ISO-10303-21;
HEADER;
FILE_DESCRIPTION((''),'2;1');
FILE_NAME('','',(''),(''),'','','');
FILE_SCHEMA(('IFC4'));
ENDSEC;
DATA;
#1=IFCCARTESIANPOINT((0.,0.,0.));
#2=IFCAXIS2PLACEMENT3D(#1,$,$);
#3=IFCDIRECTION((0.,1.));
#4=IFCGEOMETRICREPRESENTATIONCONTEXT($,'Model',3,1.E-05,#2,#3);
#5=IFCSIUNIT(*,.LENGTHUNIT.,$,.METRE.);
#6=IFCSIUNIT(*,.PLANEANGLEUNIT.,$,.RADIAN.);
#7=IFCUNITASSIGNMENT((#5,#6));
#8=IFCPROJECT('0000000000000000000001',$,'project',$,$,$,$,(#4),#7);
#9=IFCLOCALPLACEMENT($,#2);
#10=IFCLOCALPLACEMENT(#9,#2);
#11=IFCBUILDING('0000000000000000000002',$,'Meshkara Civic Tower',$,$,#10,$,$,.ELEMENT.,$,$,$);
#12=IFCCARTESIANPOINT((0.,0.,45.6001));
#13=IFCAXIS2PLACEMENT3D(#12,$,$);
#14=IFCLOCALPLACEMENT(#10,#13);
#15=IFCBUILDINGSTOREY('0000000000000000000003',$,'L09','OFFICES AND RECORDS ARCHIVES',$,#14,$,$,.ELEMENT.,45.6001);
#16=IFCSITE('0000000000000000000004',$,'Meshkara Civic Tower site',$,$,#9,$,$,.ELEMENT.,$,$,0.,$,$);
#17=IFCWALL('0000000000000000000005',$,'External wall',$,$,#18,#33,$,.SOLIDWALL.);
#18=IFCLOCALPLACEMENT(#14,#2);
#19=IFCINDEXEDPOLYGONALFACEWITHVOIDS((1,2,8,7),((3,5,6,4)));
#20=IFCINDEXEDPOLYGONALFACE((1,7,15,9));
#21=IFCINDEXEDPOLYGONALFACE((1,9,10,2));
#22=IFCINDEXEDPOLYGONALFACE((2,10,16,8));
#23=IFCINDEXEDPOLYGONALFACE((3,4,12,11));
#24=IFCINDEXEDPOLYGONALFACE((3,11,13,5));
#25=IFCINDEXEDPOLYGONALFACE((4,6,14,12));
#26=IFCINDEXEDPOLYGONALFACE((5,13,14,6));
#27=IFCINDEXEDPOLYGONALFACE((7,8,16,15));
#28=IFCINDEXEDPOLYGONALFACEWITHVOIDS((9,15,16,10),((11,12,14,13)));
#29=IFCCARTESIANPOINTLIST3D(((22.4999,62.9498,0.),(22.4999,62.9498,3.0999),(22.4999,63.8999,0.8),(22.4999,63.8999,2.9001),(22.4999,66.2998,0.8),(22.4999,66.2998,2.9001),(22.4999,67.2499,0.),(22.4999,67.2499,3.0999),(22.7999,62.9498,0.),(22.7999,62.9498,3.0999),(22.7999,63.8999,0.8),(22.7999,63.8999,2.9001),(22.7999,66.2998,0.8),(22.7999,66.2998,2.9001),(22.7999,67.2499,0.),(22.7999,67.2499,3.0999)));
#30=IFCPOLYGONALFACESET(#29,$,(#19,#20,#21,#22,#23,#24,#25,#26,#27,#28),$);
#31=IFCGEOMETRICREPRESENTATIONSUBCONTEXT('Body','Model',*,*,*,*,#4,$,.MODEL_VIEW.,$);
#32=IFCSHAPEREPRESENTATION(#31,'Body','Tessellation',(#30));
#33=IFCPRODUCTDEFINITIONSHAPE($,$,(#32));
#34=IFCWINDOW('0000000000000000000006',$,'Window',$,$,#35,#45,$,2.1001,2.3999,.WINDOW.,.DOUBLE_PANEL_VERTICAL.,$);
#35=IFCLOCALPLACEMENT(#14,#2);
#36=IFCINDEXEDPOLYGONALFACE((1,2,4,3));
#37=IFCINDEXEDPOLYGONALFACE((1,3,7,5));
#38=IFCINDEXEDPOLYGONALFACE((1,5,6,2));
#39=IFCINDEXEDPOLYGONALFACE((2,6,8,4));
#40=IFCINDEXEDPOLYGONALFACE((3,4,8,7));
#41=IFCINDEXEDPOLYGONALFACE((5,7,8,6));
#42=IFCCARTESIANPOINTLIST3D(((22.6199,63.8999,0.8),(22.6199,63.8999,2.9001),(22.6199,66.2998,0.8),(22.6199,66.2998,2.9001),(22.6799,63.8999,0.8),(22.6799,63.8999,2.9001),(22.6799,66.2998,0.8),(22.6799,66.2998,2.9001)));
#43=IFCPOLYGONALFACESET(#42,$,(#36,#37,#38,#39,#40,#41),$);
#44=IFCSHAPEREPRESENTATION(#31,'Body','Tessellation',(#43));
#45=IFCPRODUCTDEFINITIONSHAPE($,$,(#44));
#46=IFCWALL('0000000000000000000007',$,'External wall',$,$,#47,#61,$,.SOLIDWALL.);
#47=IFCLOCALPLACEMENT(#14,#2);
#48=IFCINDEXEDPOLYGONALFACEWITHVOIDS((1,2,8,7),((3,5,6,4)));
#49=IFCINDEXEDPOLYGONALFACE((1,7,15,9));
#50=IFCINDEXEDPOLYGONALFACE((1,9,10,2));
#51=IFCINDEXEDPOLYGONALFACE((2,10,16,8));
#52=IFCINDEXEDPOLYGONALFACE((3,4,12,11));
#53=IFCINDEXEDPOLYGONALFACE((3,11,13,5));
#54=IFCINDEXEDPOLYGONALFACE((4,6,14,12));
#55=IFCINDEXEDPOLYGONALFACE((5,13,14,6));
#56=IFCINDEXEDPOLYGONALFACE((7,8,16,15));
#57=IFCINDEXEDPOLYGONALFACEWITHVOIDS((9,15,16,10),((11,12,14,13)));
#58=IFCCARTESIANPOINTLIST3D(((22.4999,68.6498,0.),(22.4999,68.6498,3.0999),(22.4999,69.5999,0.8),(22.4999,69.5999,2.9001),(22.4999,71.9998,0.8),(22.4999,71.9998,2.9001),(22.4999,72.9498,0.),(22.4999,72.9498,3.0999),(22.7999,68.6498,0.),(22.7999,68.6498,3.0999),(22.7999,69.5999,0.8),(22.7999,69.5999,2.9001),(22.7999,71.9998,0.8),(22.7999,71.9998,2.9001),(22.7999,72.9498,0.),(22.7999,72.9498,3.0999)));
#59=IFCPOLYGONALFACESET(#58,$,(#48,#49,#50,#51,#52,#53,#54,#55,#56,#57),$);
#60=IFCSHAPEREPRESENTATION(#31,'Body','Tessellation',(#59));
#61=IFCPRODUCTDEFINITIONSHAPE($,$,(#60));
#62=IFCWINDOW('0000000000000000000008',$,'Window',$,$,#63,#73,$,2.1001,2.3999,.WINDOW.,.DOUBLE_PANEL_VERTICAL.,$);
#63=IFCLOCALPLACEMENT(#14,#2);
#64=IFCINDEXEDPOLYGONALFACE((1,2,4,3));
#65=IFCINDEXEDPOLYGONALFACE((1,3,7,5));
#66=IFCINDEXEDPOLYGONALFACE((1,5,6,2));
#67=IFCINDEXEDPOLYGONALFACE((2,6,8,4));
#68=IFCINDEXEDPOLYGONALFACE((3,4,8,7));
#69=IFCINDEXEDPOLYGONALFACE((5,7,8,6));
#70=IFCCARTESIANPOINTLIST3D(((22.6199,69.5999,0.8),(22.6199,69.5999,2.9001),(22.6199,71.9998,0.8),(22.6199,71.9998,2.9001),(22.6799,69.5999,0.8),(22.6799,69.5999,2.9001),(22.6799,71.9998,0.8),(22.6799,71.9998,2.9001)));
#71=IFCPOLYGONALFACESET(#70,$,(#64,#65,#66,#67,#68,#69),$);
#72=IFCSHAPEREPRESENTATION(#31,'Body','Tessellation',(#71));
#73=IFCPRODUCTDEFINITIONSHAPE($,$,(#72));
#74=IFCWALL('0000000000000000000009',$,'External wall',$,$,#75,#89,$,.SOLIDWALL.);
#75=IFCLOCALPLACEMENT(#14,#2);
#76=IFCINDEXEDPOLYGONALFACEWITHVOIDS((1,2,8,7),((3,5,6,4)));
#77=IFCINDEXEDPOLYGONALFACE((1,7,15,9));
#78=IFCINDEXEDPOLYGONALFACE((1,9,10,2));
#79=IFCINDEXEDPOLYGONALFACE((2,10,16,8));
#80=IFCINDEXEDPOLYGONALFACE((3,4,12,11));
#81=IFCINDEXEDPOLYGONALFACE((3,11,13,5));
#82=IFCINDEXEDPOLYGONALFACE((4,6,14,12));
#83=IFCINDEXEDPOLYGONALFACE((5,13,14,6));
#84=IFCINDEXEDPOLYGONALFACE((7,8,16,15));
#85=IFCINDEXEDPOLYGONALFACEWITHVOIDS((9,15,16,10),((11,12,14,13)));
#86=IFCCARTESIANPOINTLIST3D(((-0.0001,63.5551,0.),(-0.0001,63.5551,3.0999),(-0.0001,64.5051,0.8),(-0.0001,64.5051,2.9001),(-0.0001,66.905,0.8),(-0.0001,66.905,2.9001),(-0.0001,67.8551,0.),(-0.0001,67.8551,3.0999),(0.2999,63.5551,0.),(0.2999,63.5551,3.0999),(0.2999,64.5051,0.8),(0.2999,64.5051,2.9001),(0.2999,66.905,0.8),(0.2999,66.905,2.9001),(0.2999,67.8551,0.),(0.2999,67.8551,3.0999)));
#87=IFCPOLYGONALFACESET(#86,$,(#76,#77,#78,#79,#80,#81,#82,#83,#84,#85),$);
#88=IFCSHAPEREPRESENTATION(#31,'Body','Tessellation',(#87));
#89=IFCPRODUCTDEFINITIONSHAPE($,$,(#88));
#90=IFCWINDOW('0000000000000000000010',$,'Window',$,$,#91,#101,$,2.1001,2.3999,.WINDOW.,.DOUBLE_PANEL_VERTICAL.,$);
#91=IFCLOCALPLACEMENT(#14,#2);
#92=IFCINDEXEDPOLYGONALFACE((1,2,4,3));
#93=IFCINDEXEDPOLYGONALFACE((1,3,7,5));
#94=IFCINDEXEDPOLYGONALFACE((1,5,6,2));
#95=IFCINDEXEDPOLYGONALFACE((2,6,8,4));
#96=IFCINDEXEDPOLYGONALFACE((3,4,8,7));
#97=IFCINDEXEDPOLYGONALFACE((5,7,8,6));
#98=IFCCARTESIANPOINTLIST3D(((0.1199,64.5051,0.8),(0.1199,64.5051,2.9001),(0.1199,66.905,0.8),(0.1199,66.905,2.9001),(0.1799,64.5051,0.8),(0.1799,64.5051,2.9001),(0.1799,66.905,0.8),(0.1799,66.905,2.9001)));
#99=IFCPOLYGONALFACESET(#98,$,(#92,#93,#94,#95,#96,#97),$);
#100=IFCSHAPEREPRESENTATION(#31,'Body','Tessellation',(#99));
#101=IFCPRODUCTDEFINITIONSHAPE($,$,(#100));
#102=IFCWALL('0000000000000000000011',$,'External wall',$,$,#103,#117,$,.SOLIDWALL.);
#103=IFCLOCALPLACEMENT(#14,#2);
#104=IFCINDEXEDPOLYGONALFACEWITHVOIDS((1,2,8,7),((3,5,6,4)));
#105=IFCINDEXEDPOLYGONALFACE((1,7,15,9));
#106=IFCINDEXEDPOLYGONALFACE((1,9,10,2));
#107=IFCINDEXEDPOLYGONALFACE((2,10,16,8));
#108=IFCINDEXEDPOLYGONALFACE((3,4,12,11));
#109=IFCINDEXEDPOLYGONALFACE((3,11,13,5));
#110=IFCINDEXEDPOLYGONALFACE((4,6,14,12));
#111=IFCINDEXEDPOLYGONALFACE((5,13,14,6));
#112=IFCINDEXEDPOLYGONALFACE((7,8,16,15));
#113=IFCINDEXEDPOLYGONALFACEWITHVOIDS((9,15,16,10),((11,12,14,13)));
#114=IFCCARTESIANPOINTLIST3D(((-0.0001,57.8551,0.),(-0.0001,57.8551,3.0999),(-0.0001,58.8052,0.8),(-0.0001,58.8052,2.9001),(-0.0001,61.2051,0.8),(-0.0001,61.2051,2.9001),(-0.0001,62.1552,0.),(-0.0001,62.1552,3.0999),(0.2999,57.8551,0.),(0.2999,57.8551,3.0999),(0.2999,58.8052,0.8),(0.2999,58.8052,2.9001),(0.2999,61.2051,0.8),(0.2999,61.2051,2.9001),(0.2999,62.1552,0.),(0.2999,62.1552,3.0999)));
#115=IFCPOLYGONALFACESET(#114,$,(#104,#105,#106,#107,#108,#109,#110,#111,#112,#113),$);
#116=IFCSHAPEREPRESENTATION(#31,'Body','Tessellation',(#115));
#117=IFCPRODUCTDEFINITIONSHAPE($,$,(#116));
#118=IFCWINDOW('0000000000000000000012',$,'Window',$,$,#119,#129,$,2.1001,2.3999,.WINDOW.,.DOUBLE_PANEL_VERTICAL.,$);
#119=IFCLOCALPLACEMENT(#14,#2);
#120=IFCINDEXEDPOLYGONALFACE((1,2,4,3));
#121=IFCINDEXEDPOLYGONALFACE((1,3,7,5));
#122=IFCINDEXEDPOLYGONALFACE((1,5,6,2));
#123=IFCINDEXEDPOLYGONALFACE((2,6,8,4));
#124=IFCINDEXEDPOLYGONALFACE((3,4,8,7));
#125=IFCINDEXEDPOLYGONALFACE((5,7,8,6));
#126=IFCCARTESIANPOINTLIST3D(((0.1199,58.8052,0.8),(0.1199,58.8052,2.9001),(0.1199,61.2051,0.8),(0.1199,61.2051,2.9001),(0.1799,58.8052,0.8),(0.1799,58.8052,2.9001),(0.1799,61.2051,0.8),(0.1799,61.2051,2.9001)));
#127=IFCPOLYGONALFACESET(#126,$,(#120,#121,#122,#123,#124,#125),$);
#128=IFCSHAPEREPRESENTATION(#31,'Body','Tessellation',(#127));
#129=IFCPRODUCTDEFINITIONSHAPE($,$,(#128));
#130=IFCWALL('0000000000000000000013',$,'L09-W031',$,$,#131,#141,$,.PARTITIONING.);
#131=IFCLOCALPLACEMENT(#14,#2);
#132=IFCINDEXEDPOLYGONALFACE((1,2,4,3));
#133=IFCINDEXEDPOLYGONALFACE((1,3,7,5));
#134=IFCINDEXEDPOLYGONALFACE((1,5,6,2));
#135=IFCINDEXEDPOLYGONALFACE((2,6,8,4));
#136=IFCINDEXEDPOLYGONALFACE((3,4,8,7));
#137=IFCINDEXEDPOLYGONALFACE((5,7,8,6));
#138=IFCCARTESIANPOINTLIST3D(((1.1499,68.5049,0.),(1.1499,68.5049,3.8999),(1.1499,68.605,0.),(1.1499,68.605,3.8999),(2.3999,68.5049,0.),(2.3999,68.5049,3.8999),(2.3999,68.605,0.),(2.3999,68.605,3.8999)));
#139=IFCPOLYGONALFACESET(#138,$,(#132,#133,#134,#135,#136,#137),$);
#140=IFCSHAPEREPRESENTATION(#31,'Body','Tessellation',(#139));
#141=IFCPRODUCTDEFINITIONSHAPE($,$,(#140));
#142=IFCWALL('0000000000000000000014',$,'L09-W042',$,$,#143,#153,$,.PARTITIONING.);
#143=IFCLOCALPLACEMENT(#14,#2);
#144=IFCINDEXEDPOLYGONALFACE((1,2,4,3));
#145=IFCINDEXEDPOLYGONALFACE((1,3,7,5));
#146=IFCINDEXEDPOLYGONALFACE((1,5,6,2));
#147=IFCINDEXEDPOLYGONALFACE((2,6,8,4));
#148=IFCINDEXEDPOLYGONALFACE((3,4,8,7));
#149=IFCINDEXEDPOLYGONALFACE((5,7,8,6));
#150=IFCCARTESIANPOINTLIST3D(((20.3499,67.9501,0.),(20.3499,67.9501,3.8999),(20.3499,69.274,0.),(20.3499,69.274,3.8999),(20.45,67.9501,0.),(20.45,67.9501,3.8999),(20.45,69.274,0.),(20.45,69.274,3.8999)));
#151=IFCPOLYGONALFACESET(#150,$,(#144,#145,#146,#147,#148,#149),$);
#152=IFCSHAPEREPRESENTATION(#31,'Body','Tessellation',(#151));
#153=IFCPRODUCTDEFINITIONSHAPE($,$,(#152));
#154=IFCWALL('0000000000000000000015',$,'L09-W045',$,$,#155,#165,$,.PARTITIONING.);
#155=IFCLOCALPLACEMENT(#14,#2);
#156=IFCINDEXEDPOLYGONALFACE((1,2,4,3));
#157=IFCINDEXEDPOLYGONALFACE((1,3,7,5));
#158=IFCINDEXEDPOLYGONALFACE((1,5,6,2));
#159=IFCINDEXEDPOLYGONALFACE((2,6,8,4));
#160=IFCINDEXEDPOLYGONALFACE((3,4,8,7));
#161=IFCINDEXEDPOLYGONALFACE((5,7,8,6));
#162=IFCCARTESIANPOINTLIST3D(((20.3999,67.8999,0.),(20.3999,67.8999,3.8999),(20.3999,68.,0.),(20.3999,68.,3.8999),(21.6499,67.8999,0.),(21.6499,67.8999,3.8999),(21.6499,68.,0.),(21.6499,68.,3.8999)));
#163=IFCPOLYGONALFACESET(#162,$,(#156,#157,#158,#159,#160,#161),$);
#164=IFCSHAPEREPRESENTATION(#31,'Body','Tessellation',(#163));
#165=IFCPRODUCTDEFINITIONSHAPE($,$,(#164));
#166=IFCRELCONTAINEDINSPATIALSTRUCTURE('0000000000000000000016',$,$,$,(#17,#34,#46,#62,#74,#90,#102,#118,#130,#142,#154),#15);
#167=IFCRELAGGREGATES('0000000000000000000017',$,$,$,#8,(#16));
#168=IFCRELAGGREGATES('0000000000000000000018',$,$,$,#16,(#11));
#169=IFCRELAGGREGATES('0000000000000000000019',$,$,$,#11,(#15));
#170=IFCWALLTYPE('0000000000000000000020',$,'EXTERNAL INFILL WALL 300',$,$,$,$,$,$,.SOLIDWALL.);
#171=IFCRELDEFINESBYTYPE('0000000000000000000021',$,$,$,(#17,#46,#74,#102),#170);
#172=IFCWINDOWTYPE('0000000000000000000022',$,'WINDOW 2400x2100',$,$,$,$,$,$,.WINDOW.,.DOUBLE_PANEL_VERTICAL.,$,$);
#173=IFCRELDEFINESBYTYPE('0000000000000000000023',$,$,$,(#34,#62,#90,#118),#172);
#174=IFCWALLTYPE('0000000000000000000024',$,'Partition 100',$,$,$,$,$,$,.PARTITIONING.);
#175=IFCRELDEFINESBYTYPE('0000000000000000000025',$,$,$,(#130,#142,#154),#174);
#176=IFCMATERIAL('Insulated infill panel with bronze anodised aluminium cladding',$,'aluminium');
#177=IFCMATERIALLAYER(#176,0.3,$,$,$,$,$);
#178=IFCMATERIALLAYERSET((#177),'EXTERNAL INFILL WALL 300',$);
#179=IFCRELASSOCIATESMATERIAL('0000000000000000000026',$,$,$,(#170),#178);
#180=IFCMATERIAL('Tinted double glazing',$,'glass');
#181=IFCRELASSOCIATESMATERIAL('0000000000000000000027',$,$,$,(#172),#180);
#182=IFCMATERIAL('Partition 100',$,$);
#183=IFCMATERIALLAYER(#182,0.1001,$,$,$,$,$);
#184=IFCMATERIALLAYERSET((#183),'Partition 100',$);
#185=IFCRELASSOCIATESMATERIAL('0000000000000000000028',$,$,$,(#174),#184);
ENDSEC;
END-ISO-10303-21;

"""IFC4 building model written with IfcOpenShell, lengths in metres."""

from ifc_helpers import new_model, si_unit, direction, frame, frame_2d, origin, place, context, subcontext, project, spatial, rectangle, extrude, material, layer, layer_set, type_object, element, fill, save


model = new_model("IFC4")

# Units and contexts
model_context = context("Model", 3, precision=1e-05, world=origin(), true_north=direction((0.0, 1.0)))
body_context = subcontext(model_context, "Body", "Model", "MODEL_VIEW")
ifc_project = project(units=[si_unit("LENGTHUNIT", "METRE"), si_unit("PLANEANGLEUNIT", "RADIAN")], contexts=[model_context])

# Site, building, storey
site_placement = place(None, origin())
site = spatial("IfcSite", under=ifc_project, at=site_placement, Name="Meshkara Civic Tower site", CompositionType="ELEMENT", RefElevation=0.0)
building_placement = place(site_placement, origin())
building = spatial("IfcBuilding", under=site, at=building_placement, Name="Meshkara Civic Tower", CompositionType="ELEMENT")
storey_placement = place(building_placement, frame((0.0, 0.0, 45.6001)))
storey = spatial("IfcBuildingStorey", under=building, at=storey_placement, Name="L09", Description="OFFICES AND RECORDS ARCHIVES", CompositionType="ELEMENT", Elevation=45.6001)

# Walls, openings, windows
ifc_material_1 = material(Name="Insulated infill panel with bronze anodised aluminium cladding", Category="aluminium")
ifc_layer_1 = layer(ifc_material_1, 0.3)
ifc_layer_set_1 = layer_set([ifc_layer_1], Name="EXTERNAL INFILL WALL 300")
wall_type_1 = type_object("IfcWallType", Name="EXTERNAL INFILL WALL 300", PredefinedType="SOLIDWALL", material=ifc_layer_set_1)
wall_1_placement = place(storey_placement, frame((22.6499, 62.95, 0.0), z_axis=(0.0, 0.0, 1.0), x_axis=(0.0, 1.0, 0.0)))
wall_1 = element("IfcWall", 1, at=wall_1_placement, inside=storey, type_object=wall_type_1, Name="External wall", PredefinedType="SOLIDWALL", context=body_context, shape_type="SweptSolid", body=[
    extrude(rectangle(XDim=4.3, YDim=0.3, at=frame_2d((2.1499, 0.0))), origin(), (0.0, 0.0, 1.0), 3.0999),
])
opening_1_placement = place(wall_1_placement, frame((0.95, 0.0, 0.8)))
opening_1 = element("IfcOpeningElement", 2, at=opening_1_placement, cuts=wall_1, PredefinedType="OPENING", context=body_context, shape_type="SweptSolid", body=[
    extrude(rectangle(XDim=2.3999, YDim=2.1001, at=frame_2d((1.2, 1.05))), frame((0.0, 0.1599, 0.0), z_axis=(0.0, -1.0, 0.0), x_axis=(1.0, 0.0, 0.0)), (0.0, 0.0, 1.0), 0.3201),
])
ifc_material_2 = material(Name="Tinted double glazing", Category="glass")
window_type = type_object("IfcWindowType", Name="WINDOW 2400x2100", PartitioningType="DOUBLE_PANEL_VERTICAL", PredefinedType="WINDOW", material=ifc_material_2)
window_1_placement = place(opening_1_placement, origin())
window_1 = element("IfcWindow", 3, at=window_1_placement, inside=storey, type_object=window_type, Name="Window", OverallHeight=2.1001, OverallWidth=2.3999, PartitioningType="DOUBLE_PANEL_VERTICAL", PredefinedType="WINDOW", context=body_context, shape_type="SweptSolid", body=[
    extrude(rectangle(XDim=2.3999, YDim=2.1001, at=frame_2d((1.2, 1.05))), frame((0.0, 0.03, 0.0), z_axis=(0.0, -1.0, 0.0), x_axis=(1.0, 0.0, 0.0)), (0.0, 0.0, 1.0), 0.0601),
])
fill(opening_1, window_1)
wall_2_placement = place(storey_placement, frame((22.6499, 68.6499, 0.0), z_axis=(0.0, 0.0, 1.0), x_axis=(0.0, 1.0, 0.0)))
wall_2 = element("IfcWall", 4, at=wall_2_placement, inside=storey, type_object=wall_type_1, Name="External wall", PredefinedType="SOLIDWALL", context=body_context, shape_type="SweptSolid", body=[
    extrude(rectangle(XDim=4.3, YDim=0.3, at=frame_2d((2.1499, 0.0))), origin(), (0.0, 0.0, 1.0), 3.0999),
])
opening_2_placement = place(wall_2_placement, frame((0.95, 0.0, 0.8)))
opening_2 = element("IfcOpeningElement", 5, at=opening_2_placement, cuts=wall_2, PredefinedType="OPENING", context=body_context, shape_type="SweptSolid", body=[
    extrude(rectangle(XDim=2.3999, YDim=2.1001, at=frame_2d((1.2, 1.05))), frame((0.0, 0.1599, 0.0), z_axis=(0.0, -1.0, 0.0), x_axis=(1.0, 0.0, 0.0)), (0.0, 0.0, 1.0), 0.3201),
])
window_2_placement = place(opening_2_placement, origin())
window_2 = element("IfcWindow", 6, at=window_2_placement, inside=storey, type_object=window_type, Name="Window", OverallHeight=2.1001, OverallWidth=2.3999, PartitioningType="DOUBLE_PANEL_VERTICAL", PredefinedType="WINDOW", context=body_context, shape_type="SweptSolid", body=[
    extrude(rectangle(XDim=2.3999, YDim=2.1001, at=frame_2d((1.2, 1.05))), frame((0.0, 0.03, 0.0), z_axis=(0.0, -1.0, 0.0), x_axis=(1.0, 0.0, 0.0)), (0.0, 0.0, 1.0), 0.0601),
])
fill(opening_2, window_2)
wall_3_placement = place(storey_placement, frame((0.1499, 67.855, 0.0), z_axis=(0.0, 0.0, 1.0), x_axis=(0.0, -1.0, 0.0)))
wall_3 = element("IfcWall", 7, at=wall_3_placement, inside=storey, type_object=wall_type_1, Name="External wall", PredefinedType="SOLIDWALL", context=body_context, shape_type="SweptSolid", body=[
    extrude(rectangle(XDim=4.3, YDim=0.3, at=frame_2d((2.1499, 0.0))), origin(), (0.0, 0.0, 1.0), 3.0999),
])
opening_3_placement = place(wall_3_placement, frame((0.95, 0.0, 0.8)))
opening_3 = element("IfcOpeningElement", 8, at=opening_3_placement, cuts=wall_3, PredefinedType="OPENING", context=body_context, shape_type="SweptSolid", body=[
    extrude(rectangle(XDim=2.3999, YDim=2.1001, at=frame_2d((1.2, 1.05))), frame((0.0, 0.1599, 0.0), z_axis=(0.0, -1.0, 0.0), x_axis=(1.0, 0.0, 0.0)), (0.0, 0.0, 1.0), 0.3201),
])
window_3_placement = place(opening_3_placement, origin())
window_3 = element("IfcWindow", 9, at=window_3_placement, inside=storey, type_object=window_type, Name="Window", OverallHeight=2.1001, OverallWidth=2.3999, PartitioningType="DOUBLE_PANEL_VERTICAL", PredefinedType="WINDOW", context=body_context, shape_type="SweptSolid", body=[
    extrude(rectangle(XDim=2.3999, YDim=2.1001, at=frame_2d((1.2, 1.05))), frame((0.0, 0.03, 0.0), z_axis=(0.0, -1.0, 0.0), x_axis=(1.0, 0.0, 0.0)), (0.0, 0.0, 1.0), 0.0601),
])
fill(opening_3, window_3)
wall_4_placement = place(storey_placement, frame((0.1499, 62.155, 0.0), z_axis=(0.0, 0.0, 1.0), x_axis=(0.0, -1.0, 0.0)))
wall_4 = element("IfcWall", 10, at=wall_4_placement, inside=storey, type_object=wall_type_1, Name="External wall", PredefinedType="SOLIDWALL", context=body_context, shape_type="SweptSolid", body=[
    extrude(rectangle(XDim=4.3, YDim=0.3, at=frame_2d((2.1499, 0.0))), origin(), (0.0, 0.0, 1.0), 3.0999),
])
opening_4_placement = place(wall_4_placement, frame((0.95, 0.0, 0.8)))
opening_4 = element("IfcOpeningElement", 11, at=opening_4_placement, cuts=wall_4, PredefinedType="OPENING", context=body_context, shape_type="SweptSolid", body=[
    extrude(rectangle(XDim=2.3999, YDim=2.1001, at=frame_2d((1.2, 1.05))), frame((0.0, 0.1599, 0.0), z_axis=(0.0, -1.0, 0.0), x_axis=(1.0, 0.0, 0.0)), (0.0, 0.0, 1.0), 0.3201),
])
window_4_placement = place(opening_4_placement, origin())
window_4 = element("IfcWindow", 12, at=window_4_placement, inside=storey, type_object=window_type, Name="Window", OverallHeight=2.1001, OverallWidth=2.3999, PartitioningType="DOUBLE_PANEL_VERTICAL", PredefinedType="WINDOW", context=body_context, shape_type="SweptSolid", body=[
    extrude(rectangle(XDim=2.3999, YDim=2.1001, at=frame_2d((1.2, 1.05))), frame((0.0, 0.03, 0.0), z_axis=(0.0, -1.0, 0.0), x_axis=(1.0, 0.0, 0.0)), (0.0, 0.0, 1.0), 0.0601),
])
fill(opening_4, window_4)

# Walls
ifc_material_3 = material(Name="Partition 100")
ifc_layer_2 = layer(ifc_material_3, 0.1001)
ifc_layer_set_2 = layer_set([ifc_layer_2], Name="Partition 100")
wall_type_2 = type_object("IfcWallType", Name="Partition 100", PredefinedType="PARTITIONING", material=ifc_layer_set_2)
wall_5_placement = place(storey_placement, frame((2.3999, 68.5549, 0.0), z_axis=(0.0, 0.0, 1.0), x_axis=(-1.0, 0.0, 0.0)))
element("IfcWall", 13, at=wall_5_placement, inside=storey, type_object=wall_type_2, Name="L09-W031", PredefinedType="PARTITIONING", context=body_context, shape_type="SweptSolid", body=[
    extrude(rectangle(XDim=1.25, YDim=0.1001, at=frame_2d((0.625, 0.0))), origin(), (0.0, 0.0, 1.0), 3.8999),
])
wall_6_placement = place(storey_placement, frame((20.3999, 67.95, 0.0), z_axis=(0.0, 0.0, 1.0), x_axis=(0.0, 1.0, 0.0)))
element("IfcWall", 14, at=wall_6_placement, inside=storey, type_object=wall_type_2, Name="L09-W042", PredefinedType="PARTITIONING", context=body_context, shape_type="SweptSolid", body=[
    extrude(rectangle(XDim=1.324, YDim=0.1001, at=frame_2d((0.6621, 0.0))), origin(), (0.0, 0.0, 1.0), 3.8999),
])
wall_7_placement = place(storey_placement, frame((21.6499, 67.95, 0.0), z_axis=(0.0, 0.0, 1.0), x_axis=(-1.0, 0.0, 0.0)))
element("IfcWall", 15, at=wall_7_placement, inside=storey, type_object=wall_type_2, Name="L09-W045", PredefinedType="PARTITIONING", context=body_context, shape_type="SweptSolid", body=[
    extrude(rectangle(XDim=1.25, YDim=0.1001, at=frame_2d((0.625, 0.0))), origin(), (0.0, 0.0, 1.0), 3.8999),
])

save(model, "model.ifc")
